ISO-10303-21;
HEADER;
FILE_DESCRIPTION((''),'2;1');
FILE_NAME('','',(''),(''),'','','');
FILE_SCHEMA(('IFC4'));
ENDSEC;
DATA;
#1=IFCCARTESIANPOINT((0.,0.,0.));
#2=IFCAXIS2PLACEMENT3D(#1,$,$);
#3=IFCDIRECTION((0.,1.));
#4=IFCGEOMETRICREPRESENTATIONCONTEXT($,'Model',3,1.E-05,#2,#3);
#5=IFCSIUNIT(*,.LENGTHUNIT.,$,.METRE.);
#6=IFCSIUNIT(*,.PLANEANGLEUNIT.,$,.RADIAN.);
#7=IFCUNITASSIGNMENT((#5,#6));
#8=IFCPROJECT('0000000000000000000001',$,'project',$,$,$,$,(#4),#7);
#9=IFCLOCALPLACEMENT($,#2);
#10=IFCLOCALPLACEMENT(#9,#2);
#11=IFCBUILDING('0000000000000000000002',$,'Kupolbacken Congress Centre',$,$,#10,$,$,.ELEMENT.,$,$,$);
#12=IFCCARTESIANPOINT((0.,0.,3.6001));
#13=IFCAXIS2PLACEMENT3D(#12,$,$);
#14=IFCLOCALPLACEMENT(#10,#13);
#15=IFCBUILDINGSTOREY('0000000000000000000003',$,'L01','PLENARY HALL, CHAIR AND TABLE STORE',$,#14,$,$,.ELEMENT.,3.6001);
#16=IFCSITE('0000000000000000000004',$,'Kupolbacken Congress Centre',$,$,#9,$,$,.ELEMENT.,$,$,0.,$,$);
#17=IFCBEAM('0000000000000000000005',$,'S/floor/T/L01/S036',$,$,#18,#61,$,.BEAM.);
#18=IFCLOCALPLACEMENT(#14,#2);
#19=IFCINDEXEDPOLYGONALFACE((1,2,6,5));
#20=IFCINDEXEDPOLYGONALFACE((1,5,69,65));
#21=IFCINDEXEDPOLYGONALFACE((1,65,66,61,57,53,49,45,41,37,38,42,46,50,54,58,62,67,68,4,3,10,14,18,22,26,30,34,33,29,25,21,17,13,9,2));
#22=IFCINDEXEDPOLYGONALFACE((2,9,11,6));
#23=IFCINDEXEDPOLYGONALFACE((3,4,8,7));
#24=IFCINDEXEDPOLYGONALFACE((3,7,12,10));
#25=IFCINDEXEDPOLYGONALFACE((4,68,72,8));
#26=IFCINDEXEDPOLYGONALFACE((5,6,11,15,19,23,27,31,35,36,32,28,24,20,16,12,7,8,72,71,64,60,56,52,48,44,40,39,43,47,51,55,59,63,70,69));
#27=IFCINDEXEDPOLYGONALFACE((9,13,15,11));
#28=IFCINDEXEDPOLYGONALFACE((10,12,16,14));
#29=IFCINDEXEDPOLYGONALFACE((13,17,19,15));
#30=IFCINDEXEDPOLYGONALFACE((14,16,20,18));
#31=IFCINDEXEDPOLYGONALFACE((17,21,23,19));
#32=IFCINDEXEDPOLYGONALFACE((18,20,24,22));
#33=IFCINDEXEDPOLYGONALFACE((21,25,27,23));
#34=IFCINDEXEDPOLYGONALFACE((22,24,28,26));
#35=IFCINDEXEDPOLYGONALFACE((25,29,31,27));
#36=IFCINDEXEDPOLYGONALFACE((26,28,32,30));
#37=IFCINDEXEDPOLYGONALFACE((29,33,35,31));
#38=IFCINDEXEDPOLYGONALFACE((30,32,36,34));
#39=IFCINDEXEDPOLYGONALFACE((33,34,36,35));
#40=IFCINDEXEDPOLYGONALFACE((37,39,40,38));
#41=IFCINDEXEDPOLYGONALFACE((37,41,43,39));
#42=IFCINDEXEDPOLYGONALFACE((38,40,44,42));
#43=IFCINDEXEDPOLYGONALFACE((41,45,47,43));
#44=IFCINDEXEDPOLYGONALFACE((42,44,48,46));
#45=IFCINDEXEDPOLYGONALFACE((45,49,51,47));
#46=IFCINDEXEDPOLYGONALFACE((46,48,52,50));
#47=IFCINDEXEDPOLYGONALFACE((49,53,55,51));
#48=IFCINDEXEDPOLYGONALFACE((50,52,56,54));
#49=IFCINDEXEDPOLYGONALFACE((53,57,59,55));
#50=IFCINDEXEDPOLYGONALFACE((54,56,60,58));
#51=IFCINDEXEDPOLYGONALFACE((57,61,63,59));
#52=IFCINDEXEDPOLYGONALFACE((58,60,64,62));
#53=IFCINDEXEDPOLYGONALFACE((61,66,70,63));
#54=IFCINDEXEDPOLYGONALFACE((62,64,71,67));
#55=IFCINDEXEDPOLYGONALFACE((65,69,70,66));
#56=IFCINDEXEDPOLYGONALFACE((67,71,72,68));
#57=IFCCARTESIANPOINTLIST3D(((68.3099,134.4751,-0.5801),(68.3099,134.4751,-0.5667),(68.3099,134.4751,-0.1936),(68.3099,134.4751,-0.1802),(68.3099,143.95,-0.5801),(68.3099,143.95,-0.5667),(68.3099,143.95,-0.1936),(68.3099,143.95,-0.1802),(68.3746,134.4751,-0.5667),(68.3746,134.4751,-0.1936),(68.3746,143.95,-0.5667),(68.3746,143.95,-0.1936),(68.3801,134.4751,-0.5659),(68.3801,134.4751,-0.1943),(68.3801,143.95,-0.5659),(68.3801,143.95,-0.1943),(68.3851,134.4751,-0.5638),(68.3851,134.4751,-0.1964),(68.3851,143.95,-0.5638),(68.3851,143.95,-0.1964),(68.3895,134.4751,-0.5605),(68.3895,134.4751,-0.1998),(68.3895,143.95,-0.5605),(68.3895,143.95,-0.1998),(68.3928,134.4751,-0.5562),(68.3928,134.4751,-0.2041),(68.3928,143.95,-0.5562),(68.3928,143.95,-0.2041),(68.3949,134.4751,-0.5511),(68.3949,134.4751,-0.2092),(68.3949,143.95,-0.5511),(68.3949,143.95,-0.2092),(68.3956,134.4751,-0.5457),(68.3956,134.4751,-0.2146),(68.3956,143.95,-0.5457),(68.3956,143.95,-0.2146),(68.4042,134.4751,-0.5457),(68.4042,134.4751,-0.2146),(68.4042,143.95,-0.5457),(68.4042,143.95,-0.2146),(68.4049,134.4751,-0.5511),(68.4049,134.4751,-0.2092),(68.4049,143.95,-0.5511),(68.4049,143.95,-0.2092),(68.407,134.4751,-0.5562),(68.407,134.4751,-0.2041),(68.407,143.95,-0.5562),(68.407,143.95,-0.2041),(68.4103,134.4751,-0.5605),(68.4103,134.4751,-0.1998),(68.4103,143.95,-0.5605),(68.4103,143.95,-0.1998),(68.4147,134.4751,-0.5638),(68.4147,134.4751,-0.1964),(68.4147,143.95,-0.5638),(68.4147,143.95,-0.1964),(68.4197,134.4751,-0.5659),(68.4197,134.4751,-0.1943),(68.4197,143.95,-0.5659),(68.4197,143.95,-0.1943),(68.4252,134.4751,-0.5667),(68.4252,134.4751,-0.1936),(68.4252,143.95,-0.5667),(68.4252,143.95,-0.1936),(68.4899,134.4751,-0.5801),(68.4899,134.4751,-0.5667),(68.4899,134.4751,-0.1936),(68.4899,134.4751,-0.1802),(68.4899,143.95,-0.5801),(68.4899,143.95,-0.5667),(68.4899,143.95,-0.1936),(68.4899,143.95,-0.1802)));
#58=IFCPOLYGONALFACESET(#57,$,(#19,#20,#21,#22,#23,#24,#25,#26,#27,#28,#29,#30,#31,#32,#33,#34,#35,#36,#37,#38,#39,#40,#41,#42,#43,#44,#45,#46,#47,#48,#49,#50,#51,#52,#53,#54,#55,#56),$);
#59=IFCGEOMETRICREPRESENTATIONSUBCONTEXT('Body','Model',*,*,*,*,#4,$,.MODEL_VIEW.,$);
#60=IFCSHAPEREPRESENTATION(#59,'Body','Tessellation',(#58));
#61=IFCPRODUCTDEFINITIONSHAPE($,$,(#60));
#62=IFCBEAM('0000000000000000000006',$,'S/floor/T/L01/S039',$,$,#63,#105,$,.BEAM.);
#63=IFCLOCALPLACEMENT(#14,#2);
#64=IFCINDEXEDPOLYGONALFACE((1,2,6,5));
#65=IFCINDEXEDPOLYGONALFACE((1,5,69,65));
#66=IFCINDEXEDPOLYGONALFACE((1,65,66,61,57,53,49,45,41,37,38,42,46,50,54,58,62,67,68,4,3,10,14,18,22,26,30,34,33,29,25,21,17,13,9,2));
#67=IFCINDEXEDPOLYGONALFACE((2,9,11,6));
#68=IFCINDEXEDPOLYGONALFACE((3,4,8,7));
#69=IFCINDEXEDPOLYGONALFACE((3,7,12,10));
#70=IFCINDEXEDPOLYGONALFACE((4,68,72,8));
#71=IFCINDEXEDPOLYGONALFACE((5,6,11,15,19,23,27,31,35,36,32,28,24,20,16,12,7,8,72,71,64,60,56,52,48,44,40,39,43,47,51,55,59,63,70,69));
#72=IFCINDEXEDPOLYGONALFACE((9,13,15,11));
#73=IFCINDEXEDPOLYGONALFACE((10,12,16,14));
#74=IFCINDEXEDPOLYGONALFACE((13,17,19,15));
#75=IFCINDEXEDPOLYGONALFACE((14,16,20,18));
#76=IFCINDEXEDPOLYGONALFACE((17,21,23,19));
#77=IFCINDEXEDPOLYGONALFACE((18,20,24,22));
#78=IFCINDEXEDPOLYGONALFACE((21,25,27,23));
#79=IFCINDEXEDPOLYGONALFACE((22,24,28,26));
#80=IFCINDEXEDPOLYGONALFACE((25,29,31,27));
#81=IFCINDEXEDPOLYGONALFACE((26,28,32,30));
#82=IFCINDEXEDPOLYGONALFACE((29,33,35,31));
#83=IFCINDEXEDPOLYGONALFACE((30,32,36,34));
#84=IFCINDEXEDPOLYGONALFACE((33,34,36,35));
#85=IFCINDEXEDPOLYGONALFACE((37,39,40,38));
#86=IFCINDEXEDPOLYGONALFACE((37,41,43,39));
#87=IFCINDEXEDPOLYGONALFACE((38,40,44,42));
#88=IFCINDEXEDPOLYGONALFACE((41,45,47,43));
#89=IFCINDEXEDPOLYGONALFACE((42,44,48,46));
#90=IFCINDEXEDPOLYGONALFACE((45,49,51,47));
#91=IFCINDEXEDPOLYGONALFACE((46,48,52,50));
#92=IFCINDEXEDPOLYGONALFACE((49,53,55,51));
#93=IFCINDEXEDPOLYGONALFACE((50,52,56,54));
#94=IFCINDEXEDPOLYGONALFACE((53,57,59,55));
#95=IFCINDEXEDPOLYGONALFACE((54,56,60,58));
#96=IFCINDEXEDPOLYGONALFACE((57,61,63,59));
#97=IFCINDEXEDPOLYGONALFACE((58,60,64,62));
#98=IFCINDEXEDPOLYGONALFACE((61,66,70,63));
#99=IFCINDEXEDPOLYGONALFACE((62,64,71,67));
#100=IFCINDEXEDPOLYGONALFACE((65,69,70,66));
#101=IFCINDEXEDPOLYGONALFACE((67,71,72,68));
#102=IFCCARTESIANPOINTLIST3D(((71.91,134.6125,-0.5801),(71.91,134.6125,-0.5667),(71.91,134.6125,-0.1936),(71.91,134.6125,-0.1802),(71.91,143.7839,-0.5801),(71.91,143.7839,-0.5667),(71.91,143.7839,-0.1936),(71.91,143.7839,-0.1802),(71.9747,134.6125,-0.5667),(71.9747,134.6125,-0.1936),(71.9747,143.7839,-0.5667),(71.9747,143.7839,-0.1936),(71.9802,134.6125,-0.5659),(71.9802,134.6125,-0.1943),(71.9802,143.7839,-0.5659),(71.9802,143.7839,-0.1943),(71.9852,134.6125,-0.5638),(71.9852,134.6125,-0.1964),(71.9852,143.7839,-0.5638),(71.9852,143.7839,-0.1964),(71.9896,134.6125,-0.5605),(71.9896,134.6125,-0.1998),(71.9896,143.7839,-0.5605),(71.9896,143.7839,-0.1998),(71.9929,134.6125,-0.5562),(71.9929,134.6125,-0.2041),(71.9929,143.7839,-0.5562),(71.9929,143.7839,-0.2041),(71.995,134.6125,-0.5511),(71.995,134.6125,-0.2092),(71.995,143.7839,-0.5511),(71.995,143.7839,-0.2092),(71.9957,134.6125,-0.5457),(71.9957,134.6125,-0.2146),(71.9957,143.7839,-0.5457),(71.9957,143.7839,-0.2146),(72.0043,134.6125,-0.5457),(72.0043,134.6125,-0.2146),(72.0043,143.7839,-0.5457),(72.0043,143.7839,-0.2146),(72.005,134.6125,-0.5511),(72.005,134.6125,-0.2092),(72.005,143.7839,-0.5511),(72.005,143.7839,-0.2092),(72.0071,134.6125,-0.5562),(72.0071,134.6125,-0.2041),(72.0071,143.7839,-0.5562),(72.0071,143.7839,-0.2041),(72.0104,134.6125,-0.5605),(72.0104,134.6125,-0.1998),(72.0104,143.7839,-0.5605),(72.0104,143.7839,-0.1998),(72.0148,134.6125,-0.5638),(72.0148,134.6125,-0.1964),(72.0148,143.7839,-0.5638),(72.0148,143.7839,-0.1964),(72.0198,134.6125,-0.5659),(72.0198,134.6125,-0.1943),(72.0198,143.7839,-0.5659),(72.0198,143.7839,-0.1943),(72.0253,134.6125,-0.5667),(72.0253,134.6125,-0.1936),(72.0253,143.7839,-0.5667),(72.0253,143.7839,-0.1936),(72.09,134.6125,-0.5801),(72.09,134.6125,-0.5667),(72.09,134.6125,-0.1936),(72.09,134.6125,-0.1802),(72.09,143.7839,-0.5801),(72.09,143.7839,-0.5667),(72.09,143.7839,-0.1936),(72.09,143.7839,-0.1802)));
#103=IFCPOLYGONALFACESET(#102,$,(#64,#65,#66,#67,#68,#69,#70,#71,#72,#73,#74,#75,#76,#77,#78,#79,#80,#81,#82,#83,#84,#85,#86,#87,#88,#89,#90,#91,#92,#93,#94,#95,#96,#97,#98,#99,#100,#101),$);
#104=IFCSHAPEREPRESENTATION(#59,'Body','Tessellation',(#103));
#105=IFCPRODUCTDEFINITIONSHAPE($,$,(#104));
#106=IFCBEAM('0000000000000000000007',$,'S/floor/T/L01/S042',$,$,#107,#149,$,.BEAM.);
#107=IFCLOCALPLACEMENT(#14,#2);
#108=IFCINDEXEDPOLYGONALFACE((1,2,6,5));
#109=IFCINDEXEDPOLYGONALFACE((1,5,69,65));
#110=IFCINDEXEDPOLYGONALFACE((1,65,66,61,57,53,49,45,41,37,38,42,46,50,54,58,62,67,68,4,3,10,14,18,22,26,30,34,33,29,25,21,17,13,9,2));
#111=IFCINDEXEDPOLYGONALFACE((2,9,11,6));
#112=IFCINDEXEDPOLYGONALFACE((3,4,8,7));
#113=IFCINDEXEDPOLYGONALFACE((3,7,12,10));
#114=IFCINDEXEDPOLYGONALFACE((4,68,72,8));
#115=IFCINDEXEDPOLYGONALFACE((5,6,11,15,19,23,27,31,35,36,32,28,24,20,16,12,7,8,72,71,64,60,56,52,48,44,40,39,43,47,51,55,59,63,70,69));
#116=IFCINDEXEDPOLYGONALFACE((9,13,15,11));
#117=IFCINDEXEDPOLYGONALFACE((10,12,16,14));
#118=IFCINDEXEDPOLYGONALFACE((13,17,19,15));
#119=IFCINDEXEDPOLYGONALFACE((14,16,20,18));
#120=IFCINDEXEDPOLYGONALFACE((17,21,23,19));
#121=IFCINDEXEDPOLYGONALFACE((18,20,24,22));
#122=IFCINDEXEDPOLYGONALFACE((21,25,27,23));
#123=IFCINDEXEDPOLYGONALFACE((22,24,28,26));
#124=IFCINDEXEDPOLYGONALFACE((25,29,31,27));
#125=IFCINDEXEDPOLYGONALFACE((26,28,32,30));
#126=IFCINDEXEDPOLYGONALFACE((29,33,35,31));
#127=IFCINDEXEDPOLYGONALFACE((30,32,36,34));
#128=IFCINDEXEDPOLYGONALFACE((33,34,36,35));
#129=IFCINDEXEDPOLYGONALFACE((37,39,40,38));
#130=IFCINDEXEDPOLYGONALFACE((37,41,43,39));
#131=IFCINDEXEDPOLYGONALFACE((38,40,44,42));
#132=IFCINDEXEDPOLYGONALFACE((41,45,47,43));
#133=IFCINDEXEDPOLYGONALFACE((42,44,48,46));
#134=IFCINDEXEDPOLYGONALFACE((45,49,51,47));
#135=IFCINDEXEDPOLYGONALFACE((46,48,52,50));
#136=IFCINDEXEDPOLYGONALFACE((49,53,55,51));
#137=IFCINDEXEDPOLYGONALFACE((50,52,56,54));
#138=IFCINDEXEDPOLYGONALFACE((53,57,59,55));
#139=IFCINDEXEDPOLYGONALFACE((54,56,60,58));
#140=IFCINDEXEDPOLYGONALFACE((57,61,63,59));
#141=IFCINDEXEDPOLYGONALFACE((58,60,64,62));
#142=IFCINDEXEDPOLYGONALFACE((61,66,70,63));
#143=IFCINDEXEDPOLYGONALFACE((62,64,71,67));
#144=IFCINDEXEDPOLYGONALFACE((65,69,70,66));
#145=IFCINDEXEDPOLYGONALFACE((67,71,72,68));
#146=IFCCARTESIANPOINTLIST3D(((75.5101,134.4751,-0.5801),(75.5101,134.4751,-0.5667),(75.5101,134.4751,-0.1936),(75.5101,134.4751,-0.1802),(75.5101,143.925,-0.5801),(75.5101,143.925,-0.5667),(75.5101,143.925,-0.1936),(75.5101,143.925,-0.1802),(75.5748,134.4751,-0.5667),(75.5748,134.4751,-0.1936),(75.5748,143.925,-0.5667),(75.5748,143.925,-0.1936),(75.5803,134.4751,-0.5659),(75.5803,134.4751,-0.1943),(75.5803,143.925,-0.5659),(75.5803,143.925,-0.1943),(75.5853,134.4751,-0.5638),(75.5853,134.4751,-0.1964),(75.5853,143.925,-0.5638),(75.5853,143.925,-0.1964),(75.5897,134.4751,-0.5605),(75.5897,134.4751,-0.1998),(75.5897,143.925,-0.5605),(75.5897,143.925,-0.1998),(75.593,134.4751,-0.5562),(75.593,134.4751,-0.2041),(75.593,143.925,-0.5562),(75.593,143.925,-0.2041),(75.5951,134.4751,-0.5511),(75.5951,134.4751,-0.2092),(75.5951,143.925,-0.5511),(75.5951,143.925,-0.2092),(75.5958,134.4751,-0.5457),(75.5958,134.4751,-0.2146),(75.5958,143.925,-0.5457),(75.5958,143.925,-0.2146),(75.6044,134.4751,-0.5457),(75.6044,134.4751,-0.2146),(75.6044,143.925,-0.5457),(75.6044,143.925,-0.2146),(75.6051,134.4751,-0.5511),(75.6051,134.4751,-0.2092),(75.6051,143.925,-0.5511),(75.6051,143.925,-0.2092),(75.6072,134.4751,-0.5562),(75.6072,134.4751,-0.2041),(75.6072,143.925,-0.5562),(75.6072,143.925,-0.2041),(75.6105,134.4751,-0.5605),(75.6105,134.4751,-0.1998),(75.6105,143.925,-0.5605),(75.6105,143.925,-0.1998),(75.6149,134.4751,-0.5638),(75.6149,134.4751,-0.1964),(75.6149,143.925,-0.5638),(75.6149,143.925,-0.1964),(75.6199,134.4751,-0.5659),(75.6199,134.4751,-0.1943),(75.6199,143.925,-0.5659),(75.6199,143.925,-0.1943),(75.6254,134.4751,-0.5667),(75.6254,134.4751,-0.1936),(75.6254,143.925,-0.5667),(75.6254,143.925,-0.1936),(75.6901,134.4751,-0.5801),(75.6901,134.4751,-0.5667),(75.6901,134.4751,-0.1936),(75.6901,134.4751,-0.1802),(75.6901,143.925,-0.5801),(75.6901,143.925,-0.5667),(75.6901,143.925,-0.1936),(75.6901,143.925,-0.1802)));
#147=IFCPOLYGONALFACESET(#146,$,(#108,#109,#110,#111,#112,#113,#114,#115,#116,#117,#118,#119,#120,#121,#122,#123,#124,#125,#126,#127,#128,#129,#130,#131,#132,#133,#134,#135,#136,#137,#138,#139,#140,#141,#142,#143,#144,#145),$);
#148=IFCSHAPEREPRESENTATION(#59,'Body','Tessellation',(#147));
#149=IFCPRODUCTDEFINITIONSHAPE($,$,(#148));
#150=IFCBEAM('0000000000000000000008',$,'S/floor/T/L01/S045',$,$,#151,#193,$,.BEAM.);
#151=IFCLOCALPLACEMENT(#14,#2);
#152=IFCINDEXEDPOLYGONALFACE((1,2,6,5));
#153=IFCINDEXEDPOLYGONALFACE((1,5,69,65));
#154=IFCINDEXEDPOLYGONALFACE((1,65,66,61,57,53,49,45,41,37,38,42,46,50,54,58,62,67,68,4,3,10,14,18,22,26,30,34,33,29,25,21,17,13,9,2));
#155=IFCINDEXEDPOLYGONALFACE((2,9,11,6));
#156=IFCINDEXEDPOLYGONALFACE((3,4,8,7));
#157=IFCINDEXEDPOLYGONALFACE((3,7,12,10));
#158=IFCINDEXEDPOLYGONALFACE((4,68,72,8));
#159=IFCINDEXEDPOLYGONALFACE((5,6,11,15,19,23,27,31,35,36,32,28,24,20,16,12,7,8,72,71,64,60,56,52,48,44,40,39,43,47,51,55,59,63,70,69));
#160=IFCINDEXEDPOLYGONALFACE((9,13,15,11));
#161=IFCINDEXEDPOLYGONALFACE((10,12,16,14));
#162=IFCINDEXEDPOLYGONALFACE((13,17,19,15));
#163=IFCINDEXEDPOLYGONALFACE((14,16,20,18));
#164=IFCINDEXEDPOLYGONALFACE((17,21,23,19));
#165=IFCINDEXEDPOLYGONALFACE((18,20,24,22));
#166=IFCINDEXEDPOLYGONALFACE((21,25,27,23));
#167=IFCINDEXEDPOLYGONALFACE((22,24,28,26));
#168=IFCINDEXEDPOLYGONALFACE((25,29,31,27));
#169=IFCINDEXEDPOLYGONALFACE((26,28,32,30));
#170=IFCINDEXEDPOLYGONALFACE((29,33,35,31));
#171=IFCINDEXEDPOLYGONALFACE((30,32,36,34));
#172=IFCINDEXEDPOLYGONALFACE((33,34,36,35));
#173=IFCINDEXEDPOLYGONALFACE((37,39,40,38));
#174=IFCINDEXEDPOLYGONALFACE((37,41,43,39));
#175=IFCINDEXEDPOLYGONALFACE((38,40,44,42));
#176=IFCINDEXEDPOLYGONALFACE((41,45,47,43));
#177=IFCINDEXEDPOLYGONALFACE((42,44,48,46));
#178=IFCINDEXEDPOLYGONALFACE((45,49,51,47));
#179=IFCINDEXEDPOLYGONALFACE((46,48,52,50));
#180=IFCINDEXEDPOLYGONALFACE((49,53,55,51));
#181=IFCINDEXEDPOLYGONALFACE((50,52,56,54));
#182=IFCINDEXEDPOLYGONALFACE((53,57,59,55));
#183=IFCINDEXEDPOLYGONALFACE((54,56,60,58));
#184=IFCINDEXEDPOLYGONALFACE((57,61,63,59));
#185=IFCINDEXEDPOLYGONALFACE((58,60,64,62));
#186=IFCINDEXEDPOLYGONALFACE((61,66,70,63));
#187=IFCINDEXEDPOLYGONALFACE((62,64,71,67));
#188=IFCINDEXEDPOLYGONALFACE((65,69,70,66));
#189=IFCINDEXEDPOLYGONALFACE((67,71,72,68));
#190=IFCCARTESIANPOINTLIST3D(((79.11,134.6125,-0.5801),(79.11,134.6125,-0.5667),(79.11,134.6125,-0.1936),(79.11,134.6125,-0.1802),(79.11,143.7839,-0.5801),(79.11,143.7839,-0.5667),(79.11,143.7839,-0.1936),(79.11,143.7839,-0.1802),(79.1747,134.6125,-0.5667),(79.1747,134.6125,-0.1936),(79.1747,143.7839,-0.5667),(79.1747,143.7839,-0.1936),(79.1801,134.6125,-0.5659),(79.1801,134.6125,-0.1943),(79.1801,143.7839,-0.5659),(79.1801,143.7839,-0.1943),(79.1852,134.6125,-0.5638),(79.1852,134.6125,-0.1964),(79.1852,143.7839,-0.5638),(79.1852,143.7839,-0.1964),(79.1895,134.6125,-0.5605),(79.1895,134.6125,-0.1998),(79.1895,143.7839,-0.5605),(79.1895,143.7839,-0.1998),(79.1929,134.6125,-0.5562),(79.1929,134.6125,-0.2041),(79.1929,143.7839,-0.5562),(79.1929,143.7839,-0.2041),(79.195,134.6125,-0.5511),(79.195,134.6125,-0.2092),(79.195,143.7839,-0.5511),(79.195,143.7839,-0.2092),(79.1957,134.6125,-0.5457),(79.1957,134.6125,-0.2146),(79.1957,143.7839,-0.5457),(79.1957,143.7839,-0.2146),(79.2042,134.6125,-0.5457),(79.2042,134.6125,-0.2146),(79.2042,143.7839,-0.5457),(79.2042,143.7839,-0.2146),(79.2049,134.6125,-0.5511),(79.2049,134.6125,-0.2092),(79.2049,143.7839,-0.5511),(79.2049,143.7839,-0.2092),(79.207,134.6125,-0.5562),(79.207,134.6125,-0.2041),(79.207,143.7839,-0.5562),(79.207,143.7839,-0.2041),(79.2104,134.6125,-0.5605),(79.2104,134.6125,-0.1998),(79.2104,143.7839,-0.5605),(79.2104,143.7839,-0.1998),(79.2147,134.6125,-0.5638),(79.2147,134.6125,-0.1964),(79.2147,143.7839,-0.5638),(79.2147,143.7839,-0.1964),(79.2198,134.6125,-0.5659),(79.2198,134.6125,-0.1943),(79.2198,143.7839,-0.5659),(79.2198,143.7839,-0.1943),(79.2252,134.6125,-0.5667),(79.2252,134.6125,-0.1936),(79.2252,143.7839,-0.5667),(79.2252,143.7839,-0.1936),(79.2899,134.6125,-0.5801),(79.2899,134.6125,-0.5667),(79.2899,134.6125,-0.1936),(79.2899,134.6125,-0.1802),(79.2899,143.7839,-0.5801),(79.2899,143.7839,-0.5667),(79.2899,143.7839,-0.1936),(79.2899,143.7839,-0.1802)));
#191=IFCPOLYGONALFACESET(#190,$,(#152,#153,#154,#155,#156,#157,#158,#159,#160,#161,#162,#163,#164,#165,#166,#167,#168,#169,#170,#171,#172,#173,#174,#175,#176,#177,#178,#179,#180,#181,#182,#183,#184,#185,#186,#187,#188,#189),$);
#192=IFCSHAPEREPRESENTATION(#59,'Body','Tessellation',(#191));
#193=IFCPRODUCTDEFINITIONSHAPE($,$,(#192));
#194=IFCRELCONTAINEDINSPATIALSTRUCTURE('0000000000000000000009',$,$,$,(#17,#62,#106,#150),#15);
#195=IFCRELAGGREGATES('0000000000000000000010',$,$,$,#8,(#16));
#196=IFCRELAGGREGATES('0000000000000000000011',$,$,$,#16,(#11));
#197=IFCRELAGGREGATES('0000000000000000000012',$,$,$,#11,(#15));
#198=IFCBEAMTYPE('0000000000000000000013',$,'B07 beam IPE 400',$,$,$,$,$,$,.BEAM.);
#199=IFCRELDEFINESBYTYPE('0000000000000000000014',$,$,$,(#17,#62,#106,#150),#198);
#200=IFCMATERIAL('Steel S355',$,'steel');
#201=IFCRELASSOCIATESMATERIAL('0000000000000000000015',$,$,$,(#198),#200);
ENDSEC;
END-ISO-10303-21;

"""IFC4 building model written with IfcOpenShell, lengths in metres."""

from ifc_helpers import new_model, si_unit, direction, frame, origin, origin_2d, place, context, subcontext, project, spatial, i_section, extrude, material, material_profile, profile_set, type_object, element, save


model = new_model("IFC4")

# Units and contexts
model_context = context("Model", 3, precision=1e-05, world=origin(), true_north=direction((0.0, 1.0)))
body_context = subcontext(model_context, "Body", "Model", "MODEL_VIEW")
ifc_project = project(units=[si_unit("LENGTHUNIT", "METRE"), si_unit("PLANEANGLEUNIT", "RADIAN")], contexts=[model_context])

# Site, building, storey
site_placement = place(None, origin())
site = spatial("IfcSite", under=ifc_project, at=site_placement, Name="Kupolbacken Congress Centre", CompositionType="ELEMENT", RefElevation=0.0)
building_placement = place(site_placement, origin())
building = spatial("IfcBuilding", under=site, at=building_placement, Name="Kupolbacken Congress Centre", CompositionType="ELEMENT")
storey_placement = place(building_placement, frame((0.0, 0.0, 3.6001)))
storey = spatial("IfcBuildingStorey", under=building, at=storey_placement, Name="L01", Description="PLENARY HALL, CHAIR AND TABLE STORE", CompositionType="ELEMENT", Elevation=3.6001)

# Beams
ifc_material_1 = material(Name="Steel S355", Category="steel")
ifc_material_profile_1 = material_profile(ifc_material_1, i_section(OverallWidth=0.1799, OverallDepth=0.3999, WebThickness=0.0085, FlangeThickness=0.0134, FilletRadius=0.021, at=origin_2d()), Name="IPE 400")
ifc_profile_set_1 = profile_set([ifc_material_profile_1], Name="Steel S355")
beam_type_1 = type_object("IfcBeamType", Name="B07 beam IPE 400", PredefinedType="BEAM", material=ifc_profile_set_1)
beam_1_placement = place(storey_placement, frame((68.3999, 134.4751, -0.3801), z_axis=(0.0, 1.0, 0.0), x_axis=(-1.0, 0.0, 0.0)))
element("IfcBeam", 1, at=beam_1_placement, inside=storey, type_object=beam_type_1, Name="S/floor/T/L01/S036", PredefinedType="BEAM", context=body_context, shape_type="SweptSolid", body=[
    extrude(i_section(OverallWidth=0.1799, OverallDepth=0.3999, WebThickness=0.0085, FlangeThickness=0.0134, FilletRadius=0.021, at=origin_2d()), origin(), (0.0, 0.0, 1.0), 9.4749),
])
beam_2_placement = place(storey_placement, frame((72.0, 134.6125, -0.3801), z_axis=(0.0, 1.0, 0.0), x_axis=(-1.0, 0.0, 0.0)))
element("IfcBeam", 2, at=beam_2_placement, inside=storey, type_object=beam_type_1, Name="S/floor/T/L01/S039", PredefinedType="BEAM", context=body_context, shape_type="SweptSolid", body=[
    extrude(i_section(OverallWidth=0.1799, OverallDepth=0.3999, WebThickness=0.0085, FlangeThickness=0.0134, FilletRadius=0.021, at=origin_2d()), origin(), (0.0, 0.0, 1.0), 9.1714),
])
beam_3_placement = place(storey_placement, frame((75.6001, 134.4751, -0.3801), z_axis=(0.0, 1.0, 0.0), x_axis=(-1.0, 0.0, 0.0)))
element("IfcBeam", 3, at=beam_3_placement, inside=storey, type_object=beam_type_1, Name="S/floor/T/L01/S042", PredefinedType="BEAM", context=body_context, shape_type="SweptSolid", body=[
    extrude(i_section(OverallWidth=0.1799, OverallDepth=0.3999, WebThickness=0.0085, FlangeThickness=0.0134, FilletRadius=0.021, at=origin_2d()), origin(), (0.0, 0.0, 1.0), 9.45),
])
beam_4_placement = place(storey_placement, frame((79.2, 134.6125, -0.3801), z_axis=(0.0, 1.0, 0.0), x_axis=(-1.0, 0.0, 0.0)))
element("IfcBeam", 4, at=beam_4_placement, inside=storey, type_object=beam_type_1, Name="S/floor/T/L01/S045", PredefinedType="BEAM", context=body_context, shape_type="SweptSolid", body=[
    extrude(i_section(OverallWidth=0.1799, OverallDepth=0.3999, WebThickness=0.0085, FlangeThickness=0.0134, FilletRadius=0.021, at=origin_2d()), origin(), (0.0, 0.0, 1.0), 9.1714),
])

save(model, "model.ifc")
